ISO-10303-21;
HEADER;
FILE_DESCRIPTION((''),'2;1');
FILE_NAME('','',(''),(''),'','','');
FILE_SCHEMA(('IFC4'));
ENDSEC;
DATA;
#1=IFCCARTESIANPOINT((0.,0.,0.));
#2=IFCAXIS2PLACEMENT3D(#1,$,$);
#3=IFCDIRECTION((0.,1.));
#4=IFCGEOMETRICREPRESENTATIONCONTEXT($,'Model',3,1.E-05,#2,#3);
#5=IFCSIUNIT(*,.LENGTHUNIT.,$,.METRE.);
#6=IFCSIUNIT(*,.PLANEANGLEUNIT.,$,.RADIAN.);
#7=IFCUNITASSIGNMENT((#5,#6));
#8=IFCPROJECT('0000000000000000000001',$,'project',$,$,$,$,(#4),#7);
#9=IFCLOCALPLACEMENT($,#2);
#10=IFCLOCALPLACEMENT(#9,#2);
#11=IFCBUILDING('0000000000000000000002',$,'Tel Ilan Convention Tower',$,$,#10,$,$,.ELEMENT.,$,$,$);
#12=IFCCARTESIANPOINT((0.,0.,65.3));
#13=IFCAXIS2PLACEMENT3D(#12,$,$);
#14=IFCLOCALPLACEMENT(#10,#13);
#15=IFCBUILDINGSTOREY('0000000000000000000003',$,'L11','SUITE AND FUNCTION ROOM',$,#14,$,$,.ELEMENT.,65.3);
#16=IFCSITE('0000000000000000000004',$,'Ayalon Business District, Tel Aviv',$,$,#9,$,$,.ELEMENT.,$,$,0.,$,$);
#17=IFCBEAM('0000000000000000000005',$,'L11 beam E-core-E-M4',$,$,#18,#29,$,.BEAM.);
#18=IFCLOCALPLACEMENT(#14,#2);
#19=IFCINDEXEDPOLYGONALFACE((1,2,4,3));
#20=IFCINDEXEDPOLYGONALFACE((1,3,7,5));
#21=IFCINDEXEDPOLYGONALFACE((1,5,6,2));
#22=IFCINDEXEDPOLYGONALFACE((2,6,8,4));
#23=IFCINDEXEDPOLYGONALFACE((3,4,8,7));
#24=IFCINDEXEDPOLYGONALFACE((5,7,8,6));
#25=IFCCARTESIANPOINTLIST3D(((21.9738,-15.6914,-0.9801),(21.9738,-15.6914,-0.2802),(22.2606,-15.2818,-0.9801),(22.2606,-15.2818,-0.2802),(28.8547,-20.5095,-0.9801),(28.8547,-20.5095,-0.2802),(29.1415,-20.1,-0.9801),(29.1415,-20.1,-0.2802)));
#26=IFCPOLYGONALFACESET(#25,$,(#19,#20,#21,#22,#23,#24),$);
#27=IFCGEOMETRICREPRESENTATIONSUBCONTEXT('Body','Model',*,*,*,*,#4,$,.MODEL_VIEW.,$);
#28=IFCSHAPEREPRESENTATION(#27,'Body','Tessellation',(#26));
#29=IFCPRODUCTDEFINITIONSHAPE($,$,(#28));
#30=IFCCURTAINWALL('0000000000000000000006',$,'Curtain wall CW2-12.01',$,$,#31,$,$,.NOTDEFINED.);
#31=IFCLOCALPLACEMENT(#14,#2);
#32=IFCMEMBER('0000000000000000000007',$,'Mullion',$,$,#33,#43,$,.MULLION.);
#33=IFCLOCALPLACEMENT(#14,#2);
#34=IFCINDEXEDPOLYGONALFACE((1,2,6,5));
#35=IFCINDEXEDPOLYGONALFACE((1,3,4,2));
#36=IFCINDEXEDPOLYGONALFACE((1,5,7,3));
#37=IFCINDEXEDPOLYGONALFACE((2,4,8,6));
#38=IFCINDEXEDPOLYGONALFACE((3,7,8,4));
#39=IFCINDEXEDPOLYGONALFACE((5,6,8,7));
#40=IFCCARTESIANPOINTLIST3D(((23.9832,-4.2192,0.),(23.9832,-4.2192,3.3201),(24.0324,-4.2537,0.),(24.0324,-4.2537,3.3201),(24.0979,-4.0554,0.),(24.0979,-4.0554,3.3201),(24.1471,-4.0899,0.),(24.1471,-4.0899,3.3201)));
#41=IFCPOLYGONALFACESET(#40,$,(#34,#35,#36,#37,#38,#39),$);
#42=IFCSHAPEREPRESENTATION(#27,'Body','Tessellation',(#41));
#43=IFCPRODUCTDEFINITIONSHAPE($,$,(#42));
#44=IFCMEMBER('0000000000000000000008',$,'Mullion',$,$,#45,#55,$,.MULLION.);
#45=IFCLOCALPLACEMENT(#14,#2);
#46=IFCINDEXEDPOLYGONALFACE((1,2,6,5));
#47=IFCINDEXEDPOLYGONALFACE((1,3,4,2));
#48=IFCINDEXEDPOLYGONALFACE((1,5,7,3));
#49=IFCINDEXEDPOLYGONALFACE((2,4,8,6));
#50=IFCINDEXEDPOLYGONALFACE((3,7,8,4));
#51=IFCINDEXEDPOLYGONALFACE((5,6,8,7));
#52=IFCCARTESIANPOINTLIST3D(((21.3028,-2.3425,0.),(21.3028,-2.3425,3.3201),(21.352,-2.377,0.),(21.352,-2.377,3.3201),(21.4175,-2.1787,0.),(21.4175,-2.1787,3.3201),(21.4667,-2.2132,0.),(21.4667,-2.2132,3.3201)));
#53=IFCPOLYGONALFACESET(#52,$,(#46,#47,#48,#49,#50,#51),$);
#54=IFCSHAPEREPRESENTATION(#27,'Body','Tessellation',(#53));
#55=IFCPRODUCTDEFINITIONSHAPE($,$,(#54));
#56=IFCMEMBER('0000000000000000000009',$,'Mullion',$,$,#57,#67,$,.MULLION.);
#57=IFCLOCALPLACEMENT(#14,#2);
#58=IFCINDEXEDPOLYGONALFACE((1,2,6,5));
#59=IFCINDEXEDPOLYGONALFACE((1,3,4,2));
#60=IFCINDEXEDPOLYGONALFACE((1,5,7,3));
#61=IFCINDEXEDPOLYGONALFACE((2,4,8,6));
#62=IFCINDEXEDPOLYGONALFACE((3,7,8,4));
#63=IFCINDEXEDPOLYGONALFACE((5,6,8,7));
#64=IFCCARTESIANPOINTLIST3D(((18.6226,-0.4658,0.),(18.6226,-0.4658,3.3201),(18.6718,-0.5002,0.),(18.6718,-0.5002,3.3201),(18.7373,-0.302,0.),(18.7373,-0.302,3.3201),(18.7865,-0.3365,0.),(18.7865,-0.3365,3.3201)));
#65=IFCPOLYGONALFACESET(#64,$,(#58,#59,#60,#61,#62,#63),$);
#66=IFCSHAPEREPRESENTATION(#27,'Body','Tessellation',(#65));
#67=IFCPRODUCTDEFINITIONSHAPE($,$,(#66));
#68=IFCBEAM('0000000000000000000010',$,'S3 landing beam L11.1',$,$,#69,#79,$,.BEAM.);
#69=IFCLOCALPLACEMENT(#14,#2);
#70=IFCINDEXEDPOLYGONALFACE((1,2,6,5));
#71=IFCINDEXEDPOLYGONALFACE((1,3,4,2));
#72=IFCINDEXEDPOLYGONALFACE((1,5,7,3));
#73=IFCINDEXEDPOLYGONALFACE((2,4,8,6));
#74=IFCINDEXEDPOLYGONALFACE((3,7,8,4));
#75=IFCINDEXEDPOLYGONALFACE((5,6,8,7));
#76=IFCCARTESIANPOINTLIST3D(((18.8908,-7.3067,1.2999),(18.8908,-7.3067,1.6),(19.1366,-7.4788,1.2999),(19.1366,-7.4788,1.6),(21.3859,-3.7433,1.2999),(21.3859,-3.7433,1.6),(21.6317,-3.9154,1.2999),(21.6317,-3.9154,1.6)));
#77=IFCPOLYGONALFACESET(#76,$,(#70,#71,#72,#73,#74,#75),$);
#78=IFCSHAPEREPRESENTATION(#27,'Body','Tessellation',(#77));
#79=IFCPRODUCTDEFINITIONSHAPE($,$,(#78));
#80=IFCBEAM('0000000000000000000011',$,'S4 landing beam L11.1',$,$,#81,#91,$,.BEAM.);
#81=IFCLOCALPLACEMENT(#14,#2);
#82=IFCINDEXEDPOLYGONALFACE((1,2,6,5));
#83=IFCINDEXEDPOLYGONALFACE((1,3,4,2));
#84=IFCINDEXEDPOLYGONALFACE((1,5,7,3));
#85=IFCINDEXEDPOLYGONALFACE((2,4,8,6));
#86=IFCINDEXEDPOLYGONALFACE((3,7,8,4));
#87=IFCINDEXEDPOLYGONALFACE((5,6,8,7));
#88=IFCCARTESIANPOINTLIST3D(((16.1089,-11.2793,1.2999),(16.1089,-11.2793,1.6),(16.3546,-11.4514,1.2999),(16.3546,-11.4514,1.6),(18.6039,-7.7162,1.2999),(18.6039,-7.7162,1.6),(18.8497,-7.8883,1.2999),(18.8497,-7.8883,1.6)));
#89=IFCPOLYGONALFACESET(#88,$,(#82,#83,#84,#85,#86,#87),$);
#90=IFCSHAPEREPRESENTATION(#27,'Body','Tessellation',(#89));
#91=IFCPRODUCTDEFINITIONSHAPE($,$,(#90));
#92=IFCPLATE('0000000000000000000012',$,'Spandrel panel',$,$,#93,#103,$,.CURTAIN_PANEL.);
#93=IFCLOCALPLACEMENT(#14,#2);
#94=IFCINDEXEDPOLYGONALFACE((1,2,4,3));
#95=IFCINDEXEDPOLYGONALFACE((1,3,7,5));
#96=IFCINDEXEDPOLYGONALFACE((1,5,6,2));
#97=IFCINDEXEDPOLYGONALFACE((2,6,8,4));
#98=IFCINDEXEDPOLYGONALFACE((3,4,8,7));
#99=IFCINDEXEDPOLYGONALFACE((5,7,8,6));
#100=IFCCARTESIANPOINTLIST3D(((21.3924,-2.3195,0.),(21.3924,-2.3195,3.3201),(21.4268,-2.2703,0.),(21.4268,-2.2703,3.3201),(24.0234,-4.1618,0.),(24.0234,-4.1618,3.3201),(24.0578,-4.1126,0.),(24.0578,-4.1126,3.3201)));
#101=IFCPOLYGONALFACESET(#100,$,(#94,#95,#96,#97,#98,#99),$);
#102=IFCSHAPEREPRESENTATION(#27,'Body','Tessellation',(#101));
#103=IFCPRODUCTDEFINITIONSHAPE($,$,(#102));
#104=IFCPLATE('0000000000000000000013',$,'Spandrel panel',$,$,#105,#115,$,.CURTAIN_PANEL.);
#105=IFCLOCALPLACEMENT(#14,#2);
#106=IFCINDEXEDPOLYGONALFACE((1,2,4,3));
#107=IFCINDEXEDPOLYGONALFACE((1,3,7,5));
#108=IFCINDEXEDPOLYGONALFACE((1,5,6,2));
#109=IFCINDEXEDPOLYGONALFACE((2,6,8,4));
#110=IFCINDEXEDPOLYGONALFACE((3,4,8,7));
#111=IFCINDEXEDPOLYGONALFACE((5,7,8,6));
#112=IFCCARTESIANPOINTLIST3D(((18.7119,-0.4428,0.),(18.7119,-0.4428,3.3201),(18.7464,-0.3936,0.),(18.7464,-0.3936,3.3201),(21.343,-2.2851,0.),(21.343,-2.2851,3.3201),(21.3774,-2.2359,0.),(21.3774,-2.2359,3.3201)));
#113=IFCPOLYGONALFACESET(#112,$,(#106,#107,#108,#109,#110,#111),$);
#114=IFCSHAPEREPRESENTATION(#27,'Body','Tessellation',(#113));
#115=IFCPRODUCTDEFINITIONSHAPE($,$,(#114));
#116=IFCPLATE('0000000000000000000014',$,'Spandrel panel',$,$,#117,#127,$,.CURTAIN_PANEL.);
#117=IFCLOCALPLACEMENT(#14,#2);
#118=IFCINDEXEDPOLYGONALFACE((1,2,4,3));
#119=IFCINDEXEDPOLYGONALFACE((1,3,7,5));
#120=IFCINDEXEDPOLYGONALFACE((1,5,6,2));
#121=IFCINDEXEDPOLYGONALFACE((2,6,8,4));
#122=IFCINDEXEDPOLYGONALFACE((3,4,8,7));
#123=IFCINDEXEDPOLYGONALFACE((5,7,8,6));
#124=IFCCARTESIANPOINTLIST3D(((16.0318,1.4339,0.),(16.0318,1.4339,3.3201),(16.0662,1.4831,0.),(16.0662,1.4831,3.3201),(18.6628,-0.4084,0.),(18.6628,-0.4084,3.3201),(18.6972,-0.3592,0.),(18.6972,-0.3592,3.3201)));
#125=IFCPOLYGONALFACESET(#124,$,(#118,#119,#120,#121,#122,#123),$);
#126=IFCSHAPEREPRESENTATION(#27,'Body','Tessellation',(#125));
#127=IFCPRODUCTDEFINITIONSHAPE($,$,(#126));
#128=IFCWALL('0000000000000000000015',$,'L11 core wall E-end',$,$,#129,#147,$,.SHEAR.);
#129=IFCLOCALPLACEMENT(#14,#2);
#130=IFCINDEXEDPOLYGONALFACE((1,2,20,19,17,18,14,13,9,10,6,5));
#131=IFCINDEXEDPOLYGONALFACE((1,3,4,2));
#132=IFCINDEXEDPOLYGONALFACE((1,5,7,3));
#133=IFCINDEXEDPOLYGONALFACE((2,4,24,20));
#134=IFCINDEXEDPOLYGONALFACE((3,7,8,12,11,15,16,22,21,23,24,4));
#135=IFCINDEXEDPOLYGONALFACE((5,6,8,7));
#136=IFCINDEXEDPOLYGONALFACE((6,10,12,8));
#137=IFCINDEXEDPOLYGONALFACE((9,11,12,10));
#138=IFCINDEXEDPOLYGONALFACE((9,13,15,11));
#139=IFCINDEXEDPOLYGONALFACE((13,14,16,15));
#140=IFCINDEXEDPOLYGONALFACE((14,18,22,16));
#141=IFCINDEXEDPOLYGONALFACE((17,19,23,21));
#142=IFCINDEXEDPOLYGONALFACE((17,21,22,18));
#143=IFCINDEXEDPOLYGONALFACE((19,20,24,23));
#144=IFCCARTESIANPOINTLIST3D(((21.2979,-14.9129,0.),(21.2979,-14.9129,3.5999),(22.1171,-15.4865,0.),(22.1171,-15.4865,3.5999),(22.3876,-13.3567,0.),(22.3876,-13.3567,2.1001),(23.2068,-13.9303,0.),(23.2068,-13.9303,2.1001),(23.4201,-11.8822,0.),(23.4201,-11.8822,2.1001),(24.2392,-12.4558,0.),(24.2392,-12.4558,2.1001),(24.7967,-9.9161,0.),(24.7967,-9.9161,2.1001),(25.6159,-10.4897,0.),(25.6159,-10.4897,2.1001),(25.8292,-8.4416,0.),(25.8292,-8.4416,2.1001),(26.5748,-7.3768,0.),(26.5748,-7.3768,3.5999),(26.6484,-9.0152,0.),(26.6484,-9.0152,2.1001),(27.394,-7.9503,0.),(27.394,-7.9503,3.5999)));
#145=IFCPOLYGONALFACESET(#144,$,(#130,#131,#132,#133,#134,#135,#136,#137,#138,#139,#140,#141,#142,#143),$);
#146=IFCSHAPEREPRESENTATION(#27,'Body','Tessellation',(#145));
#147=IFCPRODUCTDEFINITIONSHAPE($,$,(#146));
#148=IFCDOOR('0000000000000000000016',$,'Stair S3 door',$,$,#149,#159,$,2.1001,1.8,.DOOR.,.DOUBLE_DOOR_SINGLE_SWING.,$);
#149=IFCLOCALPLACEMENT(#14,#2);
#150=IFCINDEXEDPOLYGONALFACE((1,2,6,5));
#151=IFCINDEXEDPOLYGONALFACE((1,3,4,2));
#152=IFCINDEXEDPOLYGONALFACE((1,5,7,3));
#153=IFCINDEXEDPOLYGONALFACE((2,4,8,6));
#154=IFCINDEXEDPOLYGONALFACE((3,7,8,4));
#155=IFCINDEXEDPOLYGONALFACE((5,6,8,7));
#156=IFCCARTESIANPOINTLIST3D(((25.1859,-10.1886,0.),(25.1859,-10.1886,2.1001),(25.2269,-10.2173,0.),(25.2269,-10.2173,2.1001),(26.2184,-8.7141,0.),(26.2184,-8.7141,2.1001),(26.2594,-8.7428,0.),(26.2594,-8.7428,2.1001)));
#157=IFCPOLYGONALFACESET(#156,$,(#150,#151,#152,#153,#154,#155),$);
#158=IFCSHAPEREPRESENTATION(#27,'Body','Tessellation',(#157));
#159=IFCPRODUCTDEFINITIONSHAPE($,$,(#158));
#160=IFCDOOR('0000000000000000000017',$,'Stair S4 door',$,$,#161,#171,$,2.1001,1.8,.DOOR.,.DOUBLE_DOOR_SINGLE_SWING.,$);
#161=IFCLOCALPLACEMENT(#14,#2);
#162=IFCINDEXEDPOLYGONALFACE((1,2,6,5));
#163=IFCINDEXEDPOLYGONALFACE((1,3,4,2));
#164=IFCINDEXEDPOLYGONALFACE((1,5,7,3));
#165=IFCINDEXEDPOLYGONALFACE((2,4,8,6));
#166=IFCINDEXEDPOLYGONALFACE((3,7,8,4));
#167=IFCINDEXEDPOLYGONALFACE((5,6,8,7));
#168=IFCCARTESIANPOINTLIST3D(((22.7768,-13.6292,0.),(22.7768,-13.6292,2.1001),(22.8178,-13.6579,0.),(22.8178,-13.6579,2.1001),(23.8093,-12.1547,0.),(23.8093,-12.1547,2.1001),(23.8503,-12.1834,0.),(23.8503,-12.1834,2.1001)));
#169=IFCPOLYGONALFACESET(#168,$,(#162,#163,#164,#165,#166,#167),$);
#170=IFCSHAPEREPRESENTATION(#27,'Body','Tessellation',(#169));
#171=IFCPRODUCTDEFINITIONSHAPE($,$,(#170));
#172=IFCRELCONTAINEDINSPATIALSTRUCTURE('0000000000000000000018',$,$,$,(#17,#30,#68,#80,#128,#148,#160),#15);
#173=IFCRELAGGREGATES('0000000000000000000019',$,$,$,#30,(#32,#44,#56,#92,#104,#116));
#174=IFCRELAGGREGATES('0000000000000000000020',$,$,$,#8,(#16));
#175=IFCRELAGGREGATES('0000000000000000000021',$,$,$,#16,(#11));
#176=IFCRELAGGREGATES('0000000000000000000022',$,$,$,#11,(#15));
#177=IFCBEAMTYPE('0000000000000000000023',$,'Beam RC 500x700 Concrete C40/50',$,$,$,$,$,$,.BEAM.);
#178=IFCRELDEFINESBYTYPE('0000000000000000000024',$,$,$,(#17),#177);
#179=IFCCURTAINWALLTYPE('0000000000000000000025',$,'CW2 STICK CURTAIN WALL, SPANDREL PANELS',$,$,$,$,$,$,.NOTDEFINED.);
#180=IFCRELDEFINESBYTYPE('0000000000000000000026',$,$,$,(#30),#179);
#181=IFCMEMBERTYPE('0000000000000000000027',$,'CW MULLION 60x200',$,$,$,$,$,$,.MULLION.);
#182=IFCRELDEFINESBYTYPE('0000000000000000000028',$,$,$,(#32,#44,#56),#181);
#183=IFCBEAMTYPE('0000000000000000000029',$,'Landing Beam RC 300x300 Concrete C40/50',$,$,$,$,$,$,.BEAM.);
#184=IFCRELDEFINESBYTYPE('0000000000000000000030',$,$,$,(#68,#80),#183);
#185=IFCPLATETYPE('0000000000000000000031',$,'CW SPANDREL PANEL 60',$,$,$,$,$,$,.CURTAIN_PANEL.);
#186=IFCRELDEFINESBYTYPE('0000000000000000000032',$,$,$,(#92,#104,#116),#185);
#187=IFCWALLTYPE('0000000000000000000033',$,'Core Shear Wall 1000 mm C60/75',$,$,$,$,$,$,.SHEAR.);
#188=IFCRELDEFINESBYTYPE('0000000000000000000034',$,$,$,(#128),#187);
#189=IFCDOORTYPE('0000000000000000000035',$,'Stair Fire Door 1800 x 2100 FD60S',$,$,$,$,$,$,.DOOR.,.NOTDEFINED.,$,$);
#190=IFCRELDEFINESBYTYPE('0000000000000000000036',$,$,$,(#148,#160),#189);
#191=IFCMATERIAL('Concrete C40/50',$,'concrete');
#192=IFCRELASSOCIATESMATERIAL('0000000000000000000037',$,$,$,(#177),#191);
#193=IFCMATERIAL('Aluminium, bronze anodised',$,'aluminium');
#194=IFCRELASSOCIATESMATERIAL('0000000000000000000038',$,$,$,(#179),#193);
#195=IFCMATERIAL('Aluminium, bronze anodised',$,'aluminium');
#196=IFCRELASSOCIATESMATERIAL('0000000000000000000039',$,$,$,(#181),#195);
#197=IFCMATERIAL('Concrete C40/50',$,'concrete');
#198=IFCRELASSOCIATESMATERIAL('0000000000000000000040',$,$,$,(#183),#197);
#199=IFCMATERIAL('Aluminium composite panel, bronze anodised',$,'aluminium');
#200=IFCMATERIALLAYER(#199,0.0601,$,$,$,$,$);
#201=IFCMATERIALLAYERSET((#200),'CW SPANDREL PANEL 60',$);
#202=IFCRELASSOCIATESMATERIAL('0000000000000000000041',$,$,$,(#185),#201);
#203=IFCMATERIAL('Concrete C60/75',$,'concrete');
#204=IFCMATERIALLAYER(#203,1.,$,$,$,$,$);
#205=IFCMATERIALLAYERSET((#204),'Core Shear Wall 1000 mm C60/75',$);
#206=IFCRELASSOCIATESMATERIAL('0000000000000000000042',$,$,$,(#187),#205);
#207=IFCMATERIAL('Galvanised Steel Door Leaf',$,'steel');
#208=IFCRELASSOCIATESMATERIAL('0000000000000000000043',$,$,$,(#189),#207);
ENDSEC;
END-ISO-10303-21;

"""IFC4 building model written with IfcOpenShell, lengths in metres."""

from ifc_helpers import new_model, si_unit, direction, frame, frame_2d, origin, origin_2d, place, context, subcontext, project, spatial, polyline, rectangle, outline, extrude, material, layer, layer_set, material_profile, profile_set, type_object, element, fill, aggregate, save


model = new_model("IFC4")

# Units and contexts
model_context = context("Model", 3, precision=1e-05, world=origin(), true_north=direction((0.0, 1.0)))
body_context = subcontext(model_context, "Body", "Model", "MODEL_VIEW")
ifc_project = project(units=[si_unit("LENGTHUNIT", "METRE"), si_unit("PLANEANGLEUNIT", "RADIAN")], contexts=[model_context])

# Site, building, storey
site_placement = place(None, origin())
site = spatial("IfcSite", under=ifc_project, at=site_placement, Name="Ayalon Business District, Tel Aviv", CompositionType="ELEMENT", RefElevation=0.0)
building_placement = place(site_placement, origin())
building = spatial("IfcBuilding", under=site, at=building_placement, Name="Tel Ilan Convention Tower", CompositionType="ELEMENT")
storey_placement = place(building_placement, frame((0.0, 0.0, 65.3)))
storey = spatial("IfcBuildingStorey", under=building, at=storey_placement, Name="L11", Description="SUITE AND FUNCTION ROOM", CompositionType="ELEMENT", Elevation=65.3)

# Beam
ifc_material_1 = material(Name="Concrete C40/50", Category="concrete")
ifc_material_profile_1 = material_profile(ifc_material_1, rectangle(XDim=0.5, YDim=0.7, at=origin_2d()), Name="RC 500x700")
ifc_profile_set_1 = profile_set([ifc_material_profile_1], Name="Concrete C40/50")
beam_type_1 = type_object("IfcBeamType", Name="Beam RC 500x700 Concrete C40/50", PredefinedType="BEAM", material=ifc_profile_set_1)
beam_1_placement = place(storey_placement, frame((22.1172, -15.4866, -0.6301), z_axis=(0.819147, -0.573583, 0.0), x_axis=(0.573583, 0.819147, 0.0)))
element("IfcBeam", 1, at=beam_1_placement, inside=storey, type_object=beam_type_1, Name="L11 beam E-core-E-M4", PredefinedType="BEAM", context=body_context, shape_type="SweptSolid", body=[
    extrude(rectangle(XDim=0.5, YDim=0.7, at=origin_2d()), origin(), (0.0, 0.0, 1.0), 8.4001),
])

# Curtain wall, members
ifc_material_2 = material(Name="Aluminium, bronze anodised", Category="aluminium")
curtain_wall_type = type_object("IfcCurtainWallType", Name="CW2 STICK CURTAIN WALL, SPANDREL PANELS", PredefinedType="NOTDEFINED", material=ifc_material_2)
curtain_wall_placement = place(storey_placement, origin())
curtain_wall = element("IfcCurtainWall", 2, at=curtain_wall_placement, inside=storey, type_object=curtain_wall_type, Name="Curtain wall CW2-12.01", PredefinedType="NOTDEFINED")
ifc_material_3 = material(Name="Aluminium, bronze anodised", Category="aluminium")
ifc_material_profile_2 = material_profile(ifc_material_3, rectangle(XDim=0.0601, YDim=0.2, at=origin_2d()), Name="CW MULLION 60x200")
ifc_profile_set_2 = profile_set([ifc_material_profile_2], Name="Aluminium, bronze anodised")
member_type = type_object("IfcMemberType", Name="CW MULLION 60x200", PredefinedType="MULLION", material=ifc_profile_set_2)
member_1_placement = place(storey_placement, frame((24.0652, -4.1545, 0.0), z_axis=(0.0, 0.0, 1.0), x_axis=(-0.819152, 0.573576, 0.0)))
member_1 = element("IfcMember", 3, at=member_1_placement, type_object=member_type, Name="Mullion", PredefinedType="MULLION", context=body_context, shape_type="SweptSolid", body=[
    extrude(rectangle(XDim=0.0601, YDim=0.2, at=origin_2d()), origin(), (0.0, 0.0, 1.0), 3.3201),
])
member_2_placement = place(storey_placement, frame((21.3848, -2.2778, 0.0), z_axis=(0.0, 0.0, 1.0), x_axis=(-0.819152, 0.573576, 0.0)))
member_2 = element("IfcMember", 4, at=member_2_placement, type_object=member_type, Name="Mullion", PredefinedType="MULLION", context=body_context, shape_type="SweptSolid", body=[
    extrude(rectangle(XDim=0.0601, YDim=0.2, at=origin_2d()), origin(), (0.0, 0.0, 1.0), 3.3201),
])
member_3_placement = place(storey_placement, frame((18.7046, -0.4011, 0.0), z_axis=(0.0, 0.0, 1.0), x_axis=(-0.819152, 0.573576, 0.0)))
member_3 = element("IfcMember", 5, at=member_3_placement, type_object=member_type, Name="Mullion", PredefinedType="MULLION", context=body_context, shape_type="SweptSolid", body=[
    extrude(rectangle(XDim=0.0601, YDim=0.2, at=origin_2d()), origin(), (0.0, 0.0, 1.0), 3.3201),
])

# Beams
ifc_material_4 = material(Name="Concrete C40/50", Category="concrete")
ifc_material_profile_3 = material_profile(ifc_material_4, rectangle(XDim=0.3, YDim=0.3, at=origin_2d()), Name="RC 300x300")
ifc_profile_set_3 = profile_set([ifc_material_profile_3], Name="Concrete C40/50")
beam_type_2 = type_object("IfcBeamType", Name="Landing Beam RC 300x300 Concrete C40/50", PredefinedType="BEAM", material=ifc_profile_set_3)
beam_2_placement = place(storey_placement, frame((21.5088, -3.8293, 1.45), z_axis=(-0.573568, -0.819158, 0.0), x_axis=(0.819158, -0.573568, 0.0)))
element("IfcBeam", 6, at=beam_2_placement, inside=storey, type_object=beam_type_2, Name="S3 landing beam L11.1", PredefinedType="BEAM", context=body_context, shape_type="SweptSolid", body=[
    extrude(rectangle(XDim=0.3, YDim=0.3, at=origin_2d()), origin(), (0.0, 0.0, 1.0), 4.3501),
])
beam_3_placement = place(storey_placement, frame((18.7268, -7.8022, 1.45), z_axis=(-0.573594, -0.81914, 0.0), x_axis=(0.81914, -0.573594, 0.0)))
element("IfcBeam", 7, at=beam_3_placement, inside=storey, type_object=beam_type_2, Name="S4 landing beam L11.1", PredefinedType="BEAM", context=body_context, shape_type="SweptSolid", body=[
    extrude(rectangle(XDim=0.3, YDim=0.3, at=origin_2d()), origin(), (0.0, 0.0, 1.0), 4.3499),
])

# Plates
ifc_material_5 = material(Name="Aluminium composite panel, bronze anodised", Category="aluminium")
ifc_layer_1 = layer(ifc_material_5, 0.0601)
ifc_layer_set_1 = layer_set([ifc_layer_1], Name="CW SPANDREL PANEL 60")
plate_type = type_object("IfcPlateType", Name="CW SPANDREL PANEL 60", PredefinedType="CURTAIN_PANEL", material=ifc_layer_set_1)
plate_1_placement = place(storey_placement, frame((22.7251, -3.2161, 0.0), z_axis=(0.0, 0.0, 1.0), x_axis=(-0.819152, 0.573576, 0.0)))
plate_1 = element("IfcPlate", 8, at=plate_1_placement, type_object=plate_type, Name="Spandrel panel", PredefinedType="CURTAIN_PANEL", context=body_context, shape_type="SweptSolid", body=[
    extrude(rectangle(XDim=3.2119, YDim=0.0601, at=origin_2d()), origin(), (0.0, 0.0, 1.0), 3.3201),
])
plate_2_placement = place(storey_placement, frame((20.0447, -1.3394, 0.0), z_axis=(0.0, 0.0, 1.0), x_axis=(-0.819152, 0.573576, 0.0)))
plate_2 = element("IfcPlate", 9, at=plate_2_placement, type_object=plate_type, Name="Spandrel panel", PredefinedType="CURTAIN_PANEL", context=body_context, shape_type="SweptSolid", body=[
    extrude(rectangle(XDim=3.2119, YDim=0.0601, at=origin_2d()), origin(), (0.0, 0.0, 1.0), 3.3201),
])
plate_3_placement = place(storey_placement, frame((17.3645, 0.5374, 0.0), z_axis=(0.0, 0.0, 1.0), x_axis=(-0.819152, 0.573576, 0.0)))
plate_3 = element("IfcPlate", 10, at=plate_3_placement, type_object=plate_type, Name="Spandrel panel", PredefinedType="CURTAIN_PANEL", context=body_context, shape_type="SweptSolid", body=[
    extrude(rectangle(XDim=3.2119, YDim=0.0601, at=origin_2d()), origin(), (0.0, 0.0, 1.0), 3.3201),
])
aggregate(curtain_wall, [member_1, member_2, member_3, plate_1, plate_2, plate_3])

# Wall, openings, doors
ifc_material_6 = material(Name="Concrete C60/75", Category="concrete")
ifc_layer_2 = layer(ifc_material_6, 1.0)
ifc_layer_set_2 = layer_set([ifc_layer_2], Name="Core Shear Wall 1000 mm C60/75")
wall_type_1 = type_object("IfcWallType", Name="Core Shear Wall 1000 mm C60/75", PredefinedType="SHEAR", material=ifc_layer_set_2)
wall_1_placement = place(storey_placement, frame((21.7075, -15.1997, 0.0), z_axis=(0.0, 0.0, 1.0), x_axis=(0.573576, 0.819152, 0.0)))
wall_1 = element("IfcWall", 11, at=wall_1_placement, inside=storey, type_object=wall_type_1, Name="L11 core wall E-end", PredefinedType="SHEAR", context=body_context, shape_type="SweptSolid", body=[
    extrude(outline(polyline([(9.2, 0.5), (0.0, 0.5), (0.0, -0.5), (9.2, -0.5), (9.2, 0.5)])), origin(), (0.0, 0.0, 1.0), 3.5999),
])
opening_1_placement = place(wall_1_placement, frame((6.1001, 0.0, 0.0)))
opening_1 = element("IfcOpeningElement", 12, at=opening_1_placement, cuts=wall_1, PredefinedType="OPENING", context=body_context, shape_type="SweptSolid", body=[
    extrude(rectangle(XDim=1.8, YDim=2.1001, at=frame_2d((0.8999, 1.05))), frame((0.0, 0.51, 0.0), z_axis=(0.0, -1.0, 0.0), x_axis=(1.0, 0.0, 0.0)), (0.0, 0.0, 1.0), 1.02),
])
opening_2_placement = place(wall_1_placement, frame((1.8999, 0.0, 0.0)))
opening_2 = element("IfcOpeningElement", 13, at=opening_2_placement, cuts=wall_1, PredefinedType="OPENING", context=body_context, shape_type="SweptSolid", body=[
    extrude(rectangle(XDim=1.8, YDim=2.1001, at=frame_2d((0.8999, 1.05))), frame((0.0, 0.51, 0.0), z_axis=(0.0, -1.0, 0.0), x_axis=(1.0, 0.0, 0.0)), (0.0, 0.0, 1.0), 1.02),
])
ifc_material_7 = material(Name="Galvanised Steel Door Leaf", Category="steel")
door_type_1 = type_object("IfcDoorType", Name="Stair Fire Door 1800 x 2100 FD60S", OperationType="NOTDEFINED", PredefinedType="DOOR", material=ifc_material_7)
door_1_placement = place(opening_1_placement, origin())
door_1 = element("IfcDoor", 14, at=door_1_placement, inside=storey, type_object=door_type_1, Name="Stair S3 door", OperationType="DOUBLE_DOOR_SINGLE_SWING", OverallHeight=2.1001, OverallWidth=1.8, PredefinedType="DOOR", context=body_context, shape_type="SweptSolid", body=[
    extrude(rectangle(XDim=1.8, YDim=2.1001, at=frame_2d((0.8999, 1.05))), frame((0.0, 0.0249, 0.0), z_axis=(0.0, -1.0, 0.0), x_axis=(1.0, 0.0, 0.0)), (0.0, 0.0, 1.0), 0.05),
])
fill(opening_1, door_1)
door_2_placement = place(opening_2_placement, origin())
door_2 = element("IfcDoor", 15, at=door_2_placement, inside=storey, type_object=door_type_1, Name="Stair S4 door", OperationType="DOUBLE_DOOR_SINGLE_SWING", OverallHeight=2.1001, OverallWidth=1.8, PredefinedType="DOOR", context=body_context, shape_type="SweptSolid", body=[
    extrude(rectangle(XDim=1.8, YDim=2.1001, at=frame_2d((0.8999, 1.05))), frame((0.0, 0.0249, 0.0), z_axis=(0.0, -1.0, 0.0), x_axis=(1.0, 0.0, 0.0)), (0.0, 0.0, 1.0), 0.05),
])
fill(opening_2, door_2)

save(model, "model.ifc")
